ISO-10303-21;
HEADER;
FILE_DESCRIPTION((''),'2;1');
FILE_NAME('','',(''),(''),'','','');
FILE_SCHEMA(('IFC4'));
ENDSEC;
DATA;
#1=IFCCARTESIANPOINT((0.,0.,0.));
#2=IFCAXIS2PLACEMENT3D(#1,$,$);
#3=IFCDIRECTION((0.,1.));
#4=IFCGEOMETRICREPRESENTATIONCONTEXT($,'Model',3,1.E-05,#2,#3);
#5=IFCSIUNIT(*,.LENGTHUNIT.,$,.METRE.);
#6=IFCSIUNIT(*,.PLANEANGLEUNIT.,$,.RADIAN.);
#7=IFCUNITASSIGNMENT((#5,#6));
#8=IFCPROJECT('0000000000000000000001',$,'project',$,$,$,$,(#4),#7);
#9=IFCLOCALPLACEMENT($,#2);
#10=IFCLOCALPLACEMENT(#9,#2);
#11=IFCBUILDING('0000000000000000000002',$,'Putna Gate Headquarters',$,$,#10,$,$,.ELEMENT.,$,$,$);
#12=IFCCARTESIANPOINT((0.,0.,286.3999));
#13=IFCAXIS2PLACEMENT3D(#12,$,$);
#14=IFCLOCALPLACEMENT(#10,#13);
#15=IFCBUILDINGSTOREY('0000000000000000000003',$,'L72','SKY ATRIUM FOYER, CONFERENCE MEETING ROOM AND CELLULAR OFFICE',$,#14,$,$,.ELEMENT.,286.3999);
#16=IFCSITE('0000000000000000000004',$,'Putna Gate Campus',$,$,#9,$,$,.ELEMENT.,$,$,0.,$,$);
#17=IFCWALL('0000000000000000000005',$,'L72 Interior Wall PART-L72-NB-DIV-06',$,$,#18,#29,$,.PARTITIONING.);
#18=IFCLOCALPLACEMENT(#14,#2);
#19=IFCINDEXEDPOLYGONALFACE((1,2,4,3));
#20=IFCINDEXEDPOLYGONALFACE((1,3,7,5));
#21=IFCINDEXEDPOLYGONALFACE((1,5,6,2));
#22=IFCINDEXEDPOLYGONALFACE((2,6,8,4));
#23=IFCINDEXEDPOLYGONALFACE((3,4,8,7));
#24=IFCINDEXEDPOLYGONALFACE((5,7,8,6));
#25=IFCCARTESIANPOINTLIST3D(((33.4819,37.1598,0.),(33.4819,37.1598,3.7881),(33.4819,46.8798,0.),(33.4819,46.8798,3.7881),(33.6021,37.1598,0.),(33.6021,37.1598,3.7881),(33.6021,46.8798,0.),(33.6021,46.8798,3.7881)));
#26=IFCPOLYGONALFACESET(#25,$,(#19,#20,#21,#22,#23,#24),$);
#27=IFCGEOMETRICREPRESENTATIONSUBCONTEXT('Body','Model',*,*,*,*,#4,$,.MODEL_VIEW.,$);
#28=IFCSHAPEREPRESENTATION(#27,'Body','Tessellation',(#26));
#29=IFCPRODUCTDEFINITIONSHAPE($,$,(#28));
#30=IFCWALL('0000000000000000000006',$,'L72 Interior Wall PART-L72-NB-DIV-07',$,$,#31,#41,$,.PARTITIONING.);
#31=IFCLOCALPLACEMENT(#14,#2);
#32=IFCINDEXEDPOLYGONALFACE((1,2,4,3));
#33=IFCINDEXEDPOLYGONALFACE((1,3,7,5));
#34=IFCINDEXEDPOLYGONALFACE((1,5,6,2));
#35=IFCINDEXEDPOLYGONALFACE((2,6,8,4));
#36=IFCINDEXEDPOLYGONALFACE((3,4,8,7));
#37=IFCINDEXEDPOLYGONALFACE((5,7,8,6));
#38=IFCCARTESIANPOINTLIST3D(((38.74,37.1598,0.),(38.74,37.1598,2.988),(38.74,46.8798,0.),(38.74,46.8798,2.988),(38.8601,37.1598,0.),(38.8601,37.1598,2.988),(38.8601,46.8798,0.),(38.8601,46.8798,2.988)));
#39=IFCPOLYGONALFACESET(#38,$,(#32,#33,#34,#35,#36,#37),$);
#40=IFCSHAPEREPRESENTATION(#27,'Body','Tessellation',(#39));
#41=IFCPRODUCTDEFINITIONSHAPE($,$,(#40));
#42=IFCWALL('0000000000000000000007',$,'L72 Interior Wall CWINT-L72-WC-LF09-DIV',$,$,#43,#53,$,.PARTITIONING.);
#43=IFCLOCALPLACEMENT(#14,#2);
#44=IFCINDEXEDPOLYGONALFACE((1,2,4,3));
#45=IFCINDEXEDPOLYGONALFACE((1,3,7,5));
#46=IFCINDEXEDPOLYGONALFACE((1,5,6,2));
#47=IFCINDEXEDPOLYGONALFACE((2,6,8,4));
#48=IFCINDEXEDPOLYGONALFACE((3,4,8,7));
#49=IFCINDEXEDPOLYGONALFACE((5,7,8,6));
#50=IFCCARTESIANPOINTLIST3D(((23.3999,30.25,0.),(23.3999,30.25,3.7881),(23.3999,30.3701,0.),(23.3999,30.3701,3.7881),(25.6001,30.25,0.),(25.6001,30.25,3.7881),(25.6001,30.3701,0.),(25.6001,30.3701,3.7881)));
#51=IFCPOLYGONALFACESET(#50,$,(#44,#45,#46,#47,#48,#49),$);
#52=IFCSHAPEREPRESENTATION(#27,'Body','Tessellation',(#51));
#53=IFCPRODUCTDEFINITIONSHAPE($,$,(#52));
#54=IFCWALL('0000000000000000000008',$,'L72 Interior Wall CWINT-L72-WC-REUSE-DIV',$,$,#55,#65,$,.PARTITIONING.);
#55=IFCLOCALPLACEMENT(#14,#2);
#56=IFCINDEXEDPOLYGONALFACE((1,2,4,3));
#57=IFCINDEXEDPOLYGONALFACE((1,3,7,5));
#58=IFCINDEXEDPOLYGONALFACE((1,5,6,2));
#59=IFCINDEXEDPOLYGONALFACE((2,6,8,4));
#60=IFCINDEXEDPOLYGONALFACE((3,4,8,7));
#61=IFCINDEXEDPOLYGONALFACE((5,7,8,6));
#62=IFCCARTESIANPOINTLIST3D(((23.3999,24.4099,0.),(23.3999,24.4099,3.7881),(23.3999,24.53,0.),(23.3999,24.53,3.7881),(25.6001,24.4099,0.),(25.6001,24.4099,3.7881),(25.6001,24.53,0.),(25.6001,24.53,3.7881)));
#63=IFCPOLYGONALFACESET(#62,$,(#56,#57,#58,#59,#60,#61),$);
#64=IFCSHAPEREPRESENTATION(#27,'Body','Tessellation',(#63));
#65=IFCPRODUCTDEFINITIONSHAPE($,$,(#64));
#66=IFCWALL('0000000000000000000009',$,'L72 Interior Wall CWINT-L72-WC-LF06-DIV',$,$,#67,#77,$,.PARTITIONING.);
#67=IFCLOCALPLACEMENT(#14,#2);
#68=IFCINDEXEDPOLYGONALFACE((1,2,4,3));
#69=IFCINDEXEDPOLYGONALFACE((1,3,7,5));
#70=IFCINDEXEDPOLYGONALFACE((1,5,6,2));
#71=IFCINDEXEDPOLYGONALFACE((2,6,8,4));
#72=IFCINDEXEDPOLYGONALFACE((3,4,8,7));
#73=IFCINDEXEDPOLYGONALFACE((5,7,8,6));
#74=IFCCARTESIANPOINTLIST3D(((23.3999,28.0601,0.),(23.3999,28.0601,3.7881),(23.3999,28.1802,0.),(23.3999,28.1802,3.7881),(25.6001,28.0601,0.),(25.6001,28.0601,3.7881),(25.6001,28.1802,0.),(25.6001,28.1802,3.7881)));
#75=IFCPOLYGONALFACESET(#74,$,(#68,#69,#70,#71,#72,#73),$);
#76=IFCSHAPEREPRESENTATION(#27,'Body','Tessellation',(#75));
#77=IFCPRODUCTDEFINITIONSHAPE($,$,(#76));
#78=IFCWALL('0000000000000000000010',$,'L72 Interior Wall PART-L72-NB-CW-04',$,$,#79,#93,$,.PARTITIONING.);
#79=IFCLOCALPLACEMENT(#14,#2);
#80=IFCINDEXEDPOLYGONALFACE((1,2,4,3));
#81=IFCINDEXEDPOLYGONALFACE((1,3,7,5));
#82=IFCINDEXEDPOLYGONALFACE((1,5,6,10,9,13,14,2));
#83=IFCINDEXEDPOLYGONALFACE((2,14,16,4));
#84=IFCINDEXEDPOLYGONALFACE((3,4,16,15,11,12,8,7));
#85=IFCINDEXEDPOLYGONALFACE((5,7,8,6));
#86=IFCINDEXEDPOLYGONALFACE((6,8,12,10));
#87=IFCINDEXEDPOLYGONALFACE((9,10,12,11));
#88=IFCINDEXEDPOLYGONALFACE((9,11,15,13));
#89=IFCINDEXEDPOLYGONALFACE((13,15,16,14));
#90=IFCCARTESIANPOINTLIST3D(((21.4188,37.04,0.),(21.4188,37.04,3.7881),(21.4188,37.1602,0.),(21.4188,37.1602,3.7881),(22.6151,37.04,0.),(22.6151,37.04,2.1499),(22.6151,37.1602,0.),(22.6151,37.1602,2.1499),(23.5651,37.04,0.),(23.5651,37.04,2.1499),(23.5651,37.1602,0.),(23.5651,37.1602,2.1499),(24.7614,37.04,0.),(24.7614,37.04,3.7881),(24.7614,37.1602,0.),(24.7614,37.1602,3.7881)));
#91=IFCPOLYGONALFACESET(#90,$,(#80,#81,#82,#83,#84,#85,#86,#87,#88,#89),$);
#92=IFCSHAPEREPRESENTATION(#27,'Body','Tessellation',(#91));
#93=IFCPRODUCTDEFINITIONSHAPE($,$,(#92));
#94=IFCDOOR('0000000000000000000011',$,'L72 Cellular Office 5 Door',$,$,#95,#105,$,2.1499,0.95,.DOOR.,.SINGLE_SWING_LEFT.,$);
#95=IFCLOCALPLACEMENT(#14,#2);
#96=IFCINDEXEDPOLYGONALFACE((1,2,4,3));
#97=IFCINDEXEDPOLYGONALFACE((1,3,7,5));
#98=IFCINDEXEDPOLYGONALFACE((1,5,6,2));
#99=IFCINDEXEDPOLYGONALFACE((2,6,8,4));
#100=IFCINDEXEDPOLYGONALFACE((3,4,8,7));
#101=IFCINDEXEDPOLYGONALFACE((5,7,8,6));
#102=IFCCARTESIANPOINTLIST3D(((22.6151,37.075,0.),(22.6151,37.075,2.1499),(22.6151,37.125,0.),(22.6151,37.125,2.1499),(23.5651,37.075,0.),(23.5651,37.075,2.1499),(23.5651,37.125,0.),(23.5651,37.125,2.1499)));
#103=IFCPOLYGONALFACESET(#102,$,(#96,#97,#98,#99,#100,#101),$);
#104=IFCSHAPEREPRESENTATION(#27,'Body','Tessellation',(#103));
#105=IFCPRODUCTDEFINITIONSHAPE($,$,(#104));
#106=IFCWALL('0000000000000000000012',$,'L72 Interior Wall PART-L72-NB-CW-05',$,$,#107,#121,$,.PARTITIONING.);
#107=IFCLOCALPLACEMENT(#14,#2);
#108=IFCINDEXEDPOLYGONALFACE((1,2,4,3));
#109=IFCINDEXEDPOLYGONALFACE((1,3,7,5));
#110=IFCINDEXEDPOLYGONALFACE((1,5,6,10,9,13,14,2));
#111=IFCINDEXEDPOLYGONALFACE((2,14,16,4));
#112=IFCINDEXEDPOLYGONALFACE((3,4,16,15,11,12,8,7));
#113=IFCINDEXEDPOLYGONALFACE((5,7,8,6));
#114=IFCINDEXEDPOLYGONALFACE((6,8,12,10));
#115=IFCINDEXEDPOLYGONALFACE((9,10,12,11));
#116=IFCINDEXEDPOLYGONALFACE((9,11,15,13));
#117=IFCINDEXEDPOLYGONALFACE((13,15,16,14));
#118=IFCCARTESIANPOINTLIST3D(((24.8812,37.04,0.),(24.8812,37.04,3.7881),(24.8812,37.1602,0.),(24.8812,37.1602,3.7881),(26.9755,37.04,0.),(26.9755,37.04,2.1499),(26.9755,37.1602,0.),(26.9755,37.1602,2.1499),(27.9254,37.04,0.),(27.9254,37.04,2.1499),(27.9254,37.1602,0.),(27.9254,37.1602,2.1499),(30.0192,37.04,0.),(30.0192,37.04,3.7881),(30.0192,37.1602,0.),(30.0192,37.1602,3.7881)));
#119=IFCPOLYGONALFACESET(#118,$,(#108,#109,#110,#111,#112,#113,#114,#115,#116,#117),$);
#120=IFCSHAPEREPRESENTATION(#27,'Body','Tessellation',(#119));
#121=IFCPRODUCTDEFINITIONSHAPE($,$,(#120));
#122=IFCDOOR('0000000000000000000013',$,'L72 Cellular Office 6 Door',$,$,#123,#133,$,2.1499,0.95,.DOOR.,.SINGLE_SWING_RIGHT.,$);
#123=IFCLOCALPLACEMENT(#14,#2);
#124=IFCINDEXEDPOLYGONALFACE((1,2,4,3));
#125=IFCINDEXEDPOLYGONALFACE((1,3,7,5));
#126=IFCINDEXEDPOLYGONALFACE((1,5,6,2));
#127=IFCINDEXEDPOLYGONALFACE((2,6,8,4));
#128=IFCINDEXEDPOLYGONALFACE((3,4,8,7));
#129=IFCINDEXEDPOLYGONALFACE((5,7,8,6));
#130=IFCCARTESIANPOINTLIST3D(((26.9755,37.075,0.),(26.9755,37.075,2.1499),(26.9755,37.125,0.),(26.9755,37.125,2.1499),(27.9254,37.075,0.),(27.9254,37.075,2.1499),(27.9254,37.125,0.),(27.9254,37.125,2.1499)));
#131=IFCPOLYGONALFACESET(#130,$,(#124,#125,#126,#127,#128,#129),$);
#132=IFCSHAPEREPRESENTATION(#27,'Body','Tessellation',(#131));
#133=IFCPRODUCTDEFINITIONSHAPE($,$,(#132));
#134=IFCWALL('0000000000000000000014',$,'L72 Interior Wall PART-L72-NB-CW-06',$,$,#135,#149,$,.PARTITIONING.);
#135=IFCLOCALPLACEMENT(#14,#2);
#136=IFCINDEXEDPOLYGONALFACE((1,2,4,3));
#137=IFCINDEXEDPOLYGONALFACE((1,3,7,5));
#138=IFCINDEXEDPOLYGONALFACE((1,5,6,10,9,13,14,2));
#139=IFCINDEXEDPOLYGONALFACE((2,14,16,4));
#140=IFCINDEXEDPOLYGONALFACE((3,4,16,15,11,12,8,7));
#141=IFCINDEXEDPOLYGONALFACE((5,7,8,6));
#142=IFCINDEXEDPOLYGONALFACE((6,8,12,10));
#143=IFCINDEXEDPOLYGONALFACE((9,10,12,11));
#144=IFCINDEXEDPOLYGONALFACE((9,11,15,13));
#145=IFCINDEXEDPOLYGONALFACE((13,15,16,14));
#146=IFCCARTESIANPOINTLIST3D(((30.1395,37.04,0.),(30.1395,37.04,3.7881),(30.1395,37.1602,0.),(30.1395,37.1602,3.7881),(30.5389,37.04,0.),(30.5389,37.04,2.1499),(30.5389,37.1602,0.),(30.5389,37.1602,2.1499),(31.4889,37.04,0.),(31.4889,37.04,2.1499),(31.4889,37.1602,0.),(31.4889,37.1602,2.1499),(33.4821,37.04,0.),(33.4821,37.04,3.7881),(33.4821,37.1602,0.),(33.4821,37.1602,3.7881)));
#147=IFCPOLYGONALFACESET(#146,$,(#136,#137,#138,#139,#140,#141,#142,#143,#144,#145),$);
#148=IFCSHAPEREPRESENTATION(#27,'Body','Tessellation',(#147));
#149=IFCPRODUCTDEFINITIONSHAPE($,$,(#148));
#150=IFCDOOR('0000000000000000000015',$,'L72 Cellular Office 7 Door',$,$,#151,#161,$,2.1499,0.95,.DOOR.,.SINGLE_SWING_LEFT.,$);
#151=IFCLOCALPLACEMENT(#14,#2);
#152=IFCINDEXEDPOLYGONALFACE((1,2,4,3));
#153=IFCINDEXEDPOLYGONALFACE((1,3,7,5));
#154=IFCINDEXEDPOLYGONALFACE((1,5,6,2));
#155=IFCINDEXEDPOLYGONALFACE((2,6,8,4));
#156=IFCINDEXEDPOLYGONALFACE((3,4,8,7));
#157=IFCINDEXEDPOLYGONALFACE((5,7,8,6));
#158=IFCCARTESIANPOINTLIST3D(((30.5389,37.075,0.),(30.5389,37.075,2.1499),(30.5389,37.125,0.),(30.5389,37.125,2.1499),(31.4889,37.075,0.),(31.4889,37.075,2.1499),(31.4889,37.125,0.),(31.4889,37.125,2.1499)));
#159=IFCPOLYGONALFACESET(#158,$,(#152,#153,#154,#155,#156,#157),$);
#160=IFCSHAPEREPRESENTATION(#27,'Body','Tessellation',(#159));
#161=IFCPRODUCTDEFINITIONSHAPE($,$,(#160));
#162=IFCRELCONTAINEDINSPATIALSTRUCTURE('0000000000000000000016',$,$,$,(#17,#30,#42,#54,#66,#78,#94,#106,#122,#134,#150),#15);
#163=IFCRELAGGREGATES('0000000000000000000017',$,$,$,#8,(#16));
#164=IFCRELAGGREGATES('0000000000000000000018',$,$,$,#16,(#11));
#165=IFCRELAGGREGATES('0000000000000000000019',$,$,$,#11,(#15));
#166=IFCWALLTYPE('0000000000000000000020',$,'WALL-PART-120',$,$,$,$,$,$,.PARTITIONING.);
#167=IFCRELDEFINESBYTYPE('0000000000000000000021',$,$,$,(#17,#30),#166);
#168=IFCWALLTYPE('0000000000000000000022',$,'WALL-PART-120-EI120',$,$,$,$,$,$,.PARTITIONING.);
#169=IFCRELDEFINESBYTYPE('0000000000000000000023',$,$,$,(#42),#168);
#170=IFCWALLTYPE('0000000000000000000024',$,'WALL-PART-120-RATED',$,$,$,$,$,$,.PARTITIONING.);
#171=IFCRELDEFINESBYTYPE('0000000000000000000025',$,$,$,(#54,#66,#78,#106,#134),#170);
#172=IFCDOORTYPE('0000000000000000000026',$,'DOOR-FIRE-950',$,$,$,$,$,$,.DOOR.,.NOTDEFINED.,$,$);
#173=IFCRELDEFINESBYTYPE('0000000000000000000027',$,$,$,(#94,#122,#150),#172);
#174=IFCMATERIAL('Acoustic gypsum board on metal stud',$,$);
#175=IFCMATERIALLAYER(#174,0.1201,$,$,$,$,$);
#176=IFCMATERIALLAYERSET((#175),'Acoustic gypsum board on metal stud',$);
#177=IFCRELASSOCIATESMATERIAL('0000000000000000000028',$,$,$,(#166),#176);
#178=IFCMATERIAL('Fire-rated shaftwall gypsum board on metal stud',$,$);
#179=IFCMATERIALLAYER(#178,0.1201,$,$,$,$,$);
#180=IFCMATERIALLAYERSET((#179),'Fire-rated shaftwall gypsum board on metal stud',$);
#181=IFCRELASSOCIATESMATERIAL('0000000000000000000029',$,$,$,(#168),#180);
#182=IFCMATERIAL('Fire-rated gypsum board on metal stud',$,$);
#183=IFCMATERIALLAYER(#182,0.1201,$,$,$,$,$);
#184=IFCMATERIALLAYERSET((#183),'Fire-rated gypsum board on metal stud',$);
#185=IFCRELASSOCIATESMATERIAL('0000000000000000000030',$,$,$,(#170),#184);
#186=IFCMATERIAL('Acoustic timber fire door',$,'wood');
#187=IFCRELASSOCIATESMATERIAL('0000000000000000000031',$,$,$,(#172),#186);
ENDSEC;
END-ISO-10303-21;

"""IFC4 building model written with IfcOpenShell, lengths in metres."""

from ifc_helpers import new_model, si_unit, direction, frame, frame_2d, origin, place, context, subcontext, project, spatial, rectangle, extrude, material, layer, layer_set, type_object, element, fill, save


model = new_model("IFC4")

# Units and contexts
model_context = context("Model", 3, precision=1e-05, world=origin(), true_north=direction((0.0, 1.0)))
body_context = subcontext(model_context, "Body", "Model", "MODEL_VIEW")
ifc_project = project(units=[si_unit("LENGTHUNIT", "METRE"), si_unit("PLANEANGLEUNIT", "RADIAN")], contexts=[model_context])

# Site, building, storey
site_placement = place(None, origin())
site = spatial("IfcSite", under=ifc_project, at=site_placement, Name="Putna Gate Campus", CompositionType="ELEMENT", RefElevation=0.0)
building_placement = place(site_placement, origin())
building = spatial("IfcBuilding", under=site, at=building_placement, Name="Putna Gate Headquarters", CompositionType="ELEMENT")
storey_placement = place(building_placement, frame((0.0, 0.0, 286.3999)))
storey = spatial("IfcBuildingStorey", under=building, at=storey_placement, Name="L72", Description="SKY ATRIUM FOYER, CONFERENCE MEETING ROOM AND CELLULAR OFFICE", CompositionType="ELEMENT", Elevation=286.3999)

# Walls
ifc_material_1 = material(Name="Acoustic gypsum board on metal stud")
ifc_layer_1 = layer(ifc_material_1, 0.1201)
ifc_layer_set_1 = layer_set([ifc_layer_1], Name="Acoustic gypsum board on metal stud")
wall_type_1 = type_object("IfcWallType", Name="WALL-PART-120", PredefinedType="PARTITIONING", material=ifc_layer_set_1)
for number, where, z_axis, x_axis, name in (
    (1, (33.542, 37.1599, 0.0), (0.0, 0.0, 1.0), (0.0, 1.0, 0.0), "L72 Interior Wall PART-L72-NB-DIV-06"),
):
    element("IfcWall", number, at=place(storey_placement, frame(where, z_axis=z_axis, x_axis=x_axis)), inside=storey, type_object=wall_type_1, Name=name, PredefinedType="PARTITIONING", context=body_context, shape_type="SweptSolid", body=[
        extrude(rectangle(XDim=9.72, YDim=0.1201, at=frame_2d((4.8599, 0.0))), origin(), (0.0, 0.0, 1.0), 3.7881),
    ])
wall_1_placement = place(storey_placement, frame((38.8, 37.1599, 0.0), z_axis=(0.0, 0.0, 1.0), x_axis=(0.0, 1.0, 0.0)))
element("IfcWall", 2, at=wall_1_placement, inside=storey, type_object=wall_type_1, Name="L72 Interior Wall PART-L72-NB-DIV-07", PredefinedType="PARTITIONING", context=body_context, shape_type="SweptSolid", body=[
    extrude(rectangle(XDim=9.72, YDim=0.1201, at=frame_2d((4.8599, 0.0))), origin(), (0.0, 0.0, 1.0), 2.988),
])
ifc_material_2 = material(Name="Fire-rated shaftwall gypsum board on metal stud")
ifc_layer_2 = layer(ifc_material_2, 0.1201)
ifc_layer_set_2 = layer_set([ifc_layer_2], Name="Fire-rated shaftwall gypsum board on metal stud")
wall_type_2 = type_object("IfcWallType", Name="WALL-PART-120-EI120", PredefinedType="PARTITIONING", material=ifc_layer_set_2)
wall_2_placement = place(storey_placement, frame((23.3999, 30.3101, 0.0), z_axis=(0.0, 0.0, 1.0), x_axis=(1.0, 0.0, 0.0)))
element("IfcWall", 3, at=wall_2_placement, inside=storey, type_object=wall_type_2, Name="L72 Interior Wall CWINT-L72-WC-LF09-DIV", PredefinedType="PARTITIONING", context=body_context, shape_type="SweptSolid", body=[
    extrude(rectangle(XDim=2.2002, YDim=0.1201, at=frame_2d((1.1001, 0.0))), origin(), (0.0, 0.0, 1.0), 3.7881),
])
ifc_material_3 = material(Name="Fire-rated gypsum board on metal stud")
ifc_layer_3 = layer(ifc_material_3, 0.1201)
ifc_layer_set_3 = layer_set([ifc_layer_3], Name="Fire-rated gypsum board on metal stud")
wall_type_3 = type_object("IfcWallType", Name="WALL-PART-120-RATED", PredefinedType="PARTITIONING", material=ifc_layer_set_3)
for number, where, z_axis, x_axis, name in (
    (4, (23.3999, 24.47, 0.0), (0.0, 0.0, 1.0), (1.0, 0.0, 0.0), "L72 Interior Wall CWINT-L72-WC-REUSE-DIV"),
    (5, (23.3999, 28.1201, 0.0), (0.0, 0.0, 1.0), (1.0, 0.0, 0.0), "L72 Interior Wall CWINT-L72-WC-LF06-DIV"),
):
    element("IfcWall", number, at=place(storey_placement, frame(where, z_axis=z_axis, x_axis=x_axis)), inside=storey, type_object=wall_type_3, Name=name, PredefinedType="PARTITIONING", context=body_context, shape_type="SweptSolid", body=[
        extrude(rectangle(XDim=2.2002, YDim=0.1201, at=frame_2d((1.1001, 0.0))), origin(), (0.0, 0.0, 1.0), 3.7881),
    ])

# Walls, openings, doors
wall_3_placement = place(storey_placement, frame((21.4187, 37.1001, 0.0), z_axis=(0.0, 0.0, 1.0), x_axis=(1.0, 0.0, 0.0)))
wall_3 = element("IfcWall", 6, at=wall_3_placement, inside=storey, type_object=wall_type_3, Name="L72 Interior Wall PART-L72-NB-CW-04", PredefinedType="PARTITIONING", context=body_context, shape_type="SweptSolid", body=[
    extrude(rectangle(XDim=3.3425, YDim=0.1201, at=frame_2d((1.6714, 0.0))), origin(), (0.0, 0.0, 1.0), 3.7881),
])
opening_1_placement = place(wall_3_placement, frame((1.1963, 0.0, 0.0)))
opening_1 = element("IfcOpeningElement", 7, at=opening_1_placement, cuts=wall_3, PredefinedType="OPENING", context=body_context, shape_type="SweptSolid", body=[
    extrude(rectangle(XDim=0.95, YDim=2.1499, at=frame_2d((0.4751, 1.075))), frame((0.0, 0.0701, 0.0), z_axis=(0.0, -1.0, 0.0), x_axis=(1.0, 0.0, 0.0)), (0.0, 0.0, 1.0), 0.1401),
])
ifc_material_4 = material(Name="Acoustic timber fire door", Category="wood")
door_type = type_object("IfcDoorType", Name="DOOR-FIRE-950", OperationType="NOTDEFINED", PredefinedType="DOOR", material=ifc_material_4)
door_1_placement = place(opening_1_placement, origin())
door_1 = element("IfcDoor", 8, at=door_1_placement, inside=storey, type_object=door_type, Name="L72 Cellular Office 5 Door", OperationType="SINGLE_SWING_LEFT", OverallHeight=2.1499, OverallWidth=0.95, PredefinedType="DOOR", context=body_context, shape_type="SweptSolid", body=[
    extrude(rectangle(XDim=0.95, YDim=2.1499, at=frame_2d((0.4751, 1.075))), frame((0.0, 0.0249, 0.0), z_axis=(0.0, -1.0, 0.0), x_axis=(1.0, 0.0, 0.0)), (0.0, 0.0, 1.0), 0.05),
])
fill(opening_1, door_1)
wall_4_placement = place(storey_placement, frame((24.8813, 37.1001, 0.0), z_axis=(0.0, 0.0, 1.0), x_axis=(1.0, 0.0, 0.0)))
wall_4 = element("IfcWall", 9, at=wall_4_placement, inside=storey, type_object=wall_type_3, Name="L72 Interior Wall PART-L72-NB-CW-05", PredefinedType="PARTITIONING", context=body_context, shape_type="SweptSolid", body=[
    extrude(rectangle(XDim=5.1379, YDim=0.1201, at=frame_2d((2.5688, 0.0))), origin(), (0.0, 0.0, 1.0), 3.7881),
])
opening_2_placement = place(wall_4_placement, frame((2.094, 0.0, 0.0)))
opening_2 = element("IfcOpeningElement", 10, at=opening_2_placement, cuts=wall_4, PredefinedType="OPENING", context=body_context, shape_type="SweptSolid", body=[
    extrude(rectangle(XDim=0.95, YDim=2.1499, at=frame_2d((0.4751, 1.075))), frame((0.0, 0.0701, 0.0), z_axis=(0.0, -1.0, 0.0), x_axis=(1.0, 0.0, 0.0)), (0.0, 0.0, 1.0), 0.1401),
])
door_2_placement = place(opening_2_placement, origin())
door_2 = element("IfcDoor", 11, at=door_2_placement, inside=storey, type_object=door_type, Name="L72 Cellular Office 6 Door", OperationType="SINGLE_SWING_RIGHT", OverallHeight=2.1499, OverallWidth=0.95, PredefinedType="DOOR", context=body_context, shape_type="SweptSolid", body=[
    extrude(rectangle(XDim=0.95, YDim=2.1499, at=frame_2d((0.4751, 1.075))), frame((0.0, 0.0249, 0.0), z_axis=(0.0, -1.0, 0.0), x_axis=(1.0, 0.0, 0.0)), (0.0, 0.0, 1.0), 0.05),
])
fill(opening_2, door_2)
wall_5_placement = place(storey_placement, frame((30.1394, 37.1001, 0.0), z_axis=(0.0, 0.0, 1.0), x_axis=(1.0, 0.0, 0.0)))
wall_5 = element("IfcWall", 12, at=wall_5_placement, inside=storey, type_object=wall_type_3, Name="L72 Interior Wall PART-L72-NB-CW-06", PredefinedType="PARTITIONING", context=body_context, shape_type="SweptSolid", body=[
    extrude(rectangle(XDim=3.3425, YDim=0.1201, at=frame_2d((1.6714, 0.0))), origin(), (0.0, 0.0, 1.0), 3.7881),
])
opening_3_placement = place(wall_5_placement, frame((0.3994, 0.0, 0.0)))
opening_3 = element("IfcOpeningElement", 13, at=opening_3_placement, cuts=wall_5, PredefinedType="OPENING", context=body_context, shape_type="SweptSolid", body=[
    extrude(rectangle(XDim=0.95, YDim=2.1499, at=frame_2d((0.4751, 1.075))), frame((0.0, 0.0701, 0.0), z_axis=(0.0, -1.0, 0.0), x_axis=(1.0, 0.0, 0.0)), (0.0, 0.0, 1.0), 0.1401),
])
door_3_placement = place(opening_3_placement, origin())
door_3 = element("IfcDoor", 14, at=door_3_placement, inside=storey, type_object=door_type, Name="L72 Cellular Office 7 Door", OperationType="SINGLE_SWING_LEFT", OverallHeight=2.1499, OverallWidth=0.95, PredefinedType="DOOR", context=body_context, shape_type="SweptSolid", body=[
    extrude(rectangle(XDim=0.95, YDim=2.1499, at=frame_2d((0.4751, 1.075))), frame((0.0, 0.0249, 0.0), z_axis=(0.0, -1.0, 0.0), x_axis=(1.0, 0.0, 0.0)), (0.0, 0.0, 1.0), 0.05),
])
fill(opening_3, door_3)

save(model, "model.ifc")
